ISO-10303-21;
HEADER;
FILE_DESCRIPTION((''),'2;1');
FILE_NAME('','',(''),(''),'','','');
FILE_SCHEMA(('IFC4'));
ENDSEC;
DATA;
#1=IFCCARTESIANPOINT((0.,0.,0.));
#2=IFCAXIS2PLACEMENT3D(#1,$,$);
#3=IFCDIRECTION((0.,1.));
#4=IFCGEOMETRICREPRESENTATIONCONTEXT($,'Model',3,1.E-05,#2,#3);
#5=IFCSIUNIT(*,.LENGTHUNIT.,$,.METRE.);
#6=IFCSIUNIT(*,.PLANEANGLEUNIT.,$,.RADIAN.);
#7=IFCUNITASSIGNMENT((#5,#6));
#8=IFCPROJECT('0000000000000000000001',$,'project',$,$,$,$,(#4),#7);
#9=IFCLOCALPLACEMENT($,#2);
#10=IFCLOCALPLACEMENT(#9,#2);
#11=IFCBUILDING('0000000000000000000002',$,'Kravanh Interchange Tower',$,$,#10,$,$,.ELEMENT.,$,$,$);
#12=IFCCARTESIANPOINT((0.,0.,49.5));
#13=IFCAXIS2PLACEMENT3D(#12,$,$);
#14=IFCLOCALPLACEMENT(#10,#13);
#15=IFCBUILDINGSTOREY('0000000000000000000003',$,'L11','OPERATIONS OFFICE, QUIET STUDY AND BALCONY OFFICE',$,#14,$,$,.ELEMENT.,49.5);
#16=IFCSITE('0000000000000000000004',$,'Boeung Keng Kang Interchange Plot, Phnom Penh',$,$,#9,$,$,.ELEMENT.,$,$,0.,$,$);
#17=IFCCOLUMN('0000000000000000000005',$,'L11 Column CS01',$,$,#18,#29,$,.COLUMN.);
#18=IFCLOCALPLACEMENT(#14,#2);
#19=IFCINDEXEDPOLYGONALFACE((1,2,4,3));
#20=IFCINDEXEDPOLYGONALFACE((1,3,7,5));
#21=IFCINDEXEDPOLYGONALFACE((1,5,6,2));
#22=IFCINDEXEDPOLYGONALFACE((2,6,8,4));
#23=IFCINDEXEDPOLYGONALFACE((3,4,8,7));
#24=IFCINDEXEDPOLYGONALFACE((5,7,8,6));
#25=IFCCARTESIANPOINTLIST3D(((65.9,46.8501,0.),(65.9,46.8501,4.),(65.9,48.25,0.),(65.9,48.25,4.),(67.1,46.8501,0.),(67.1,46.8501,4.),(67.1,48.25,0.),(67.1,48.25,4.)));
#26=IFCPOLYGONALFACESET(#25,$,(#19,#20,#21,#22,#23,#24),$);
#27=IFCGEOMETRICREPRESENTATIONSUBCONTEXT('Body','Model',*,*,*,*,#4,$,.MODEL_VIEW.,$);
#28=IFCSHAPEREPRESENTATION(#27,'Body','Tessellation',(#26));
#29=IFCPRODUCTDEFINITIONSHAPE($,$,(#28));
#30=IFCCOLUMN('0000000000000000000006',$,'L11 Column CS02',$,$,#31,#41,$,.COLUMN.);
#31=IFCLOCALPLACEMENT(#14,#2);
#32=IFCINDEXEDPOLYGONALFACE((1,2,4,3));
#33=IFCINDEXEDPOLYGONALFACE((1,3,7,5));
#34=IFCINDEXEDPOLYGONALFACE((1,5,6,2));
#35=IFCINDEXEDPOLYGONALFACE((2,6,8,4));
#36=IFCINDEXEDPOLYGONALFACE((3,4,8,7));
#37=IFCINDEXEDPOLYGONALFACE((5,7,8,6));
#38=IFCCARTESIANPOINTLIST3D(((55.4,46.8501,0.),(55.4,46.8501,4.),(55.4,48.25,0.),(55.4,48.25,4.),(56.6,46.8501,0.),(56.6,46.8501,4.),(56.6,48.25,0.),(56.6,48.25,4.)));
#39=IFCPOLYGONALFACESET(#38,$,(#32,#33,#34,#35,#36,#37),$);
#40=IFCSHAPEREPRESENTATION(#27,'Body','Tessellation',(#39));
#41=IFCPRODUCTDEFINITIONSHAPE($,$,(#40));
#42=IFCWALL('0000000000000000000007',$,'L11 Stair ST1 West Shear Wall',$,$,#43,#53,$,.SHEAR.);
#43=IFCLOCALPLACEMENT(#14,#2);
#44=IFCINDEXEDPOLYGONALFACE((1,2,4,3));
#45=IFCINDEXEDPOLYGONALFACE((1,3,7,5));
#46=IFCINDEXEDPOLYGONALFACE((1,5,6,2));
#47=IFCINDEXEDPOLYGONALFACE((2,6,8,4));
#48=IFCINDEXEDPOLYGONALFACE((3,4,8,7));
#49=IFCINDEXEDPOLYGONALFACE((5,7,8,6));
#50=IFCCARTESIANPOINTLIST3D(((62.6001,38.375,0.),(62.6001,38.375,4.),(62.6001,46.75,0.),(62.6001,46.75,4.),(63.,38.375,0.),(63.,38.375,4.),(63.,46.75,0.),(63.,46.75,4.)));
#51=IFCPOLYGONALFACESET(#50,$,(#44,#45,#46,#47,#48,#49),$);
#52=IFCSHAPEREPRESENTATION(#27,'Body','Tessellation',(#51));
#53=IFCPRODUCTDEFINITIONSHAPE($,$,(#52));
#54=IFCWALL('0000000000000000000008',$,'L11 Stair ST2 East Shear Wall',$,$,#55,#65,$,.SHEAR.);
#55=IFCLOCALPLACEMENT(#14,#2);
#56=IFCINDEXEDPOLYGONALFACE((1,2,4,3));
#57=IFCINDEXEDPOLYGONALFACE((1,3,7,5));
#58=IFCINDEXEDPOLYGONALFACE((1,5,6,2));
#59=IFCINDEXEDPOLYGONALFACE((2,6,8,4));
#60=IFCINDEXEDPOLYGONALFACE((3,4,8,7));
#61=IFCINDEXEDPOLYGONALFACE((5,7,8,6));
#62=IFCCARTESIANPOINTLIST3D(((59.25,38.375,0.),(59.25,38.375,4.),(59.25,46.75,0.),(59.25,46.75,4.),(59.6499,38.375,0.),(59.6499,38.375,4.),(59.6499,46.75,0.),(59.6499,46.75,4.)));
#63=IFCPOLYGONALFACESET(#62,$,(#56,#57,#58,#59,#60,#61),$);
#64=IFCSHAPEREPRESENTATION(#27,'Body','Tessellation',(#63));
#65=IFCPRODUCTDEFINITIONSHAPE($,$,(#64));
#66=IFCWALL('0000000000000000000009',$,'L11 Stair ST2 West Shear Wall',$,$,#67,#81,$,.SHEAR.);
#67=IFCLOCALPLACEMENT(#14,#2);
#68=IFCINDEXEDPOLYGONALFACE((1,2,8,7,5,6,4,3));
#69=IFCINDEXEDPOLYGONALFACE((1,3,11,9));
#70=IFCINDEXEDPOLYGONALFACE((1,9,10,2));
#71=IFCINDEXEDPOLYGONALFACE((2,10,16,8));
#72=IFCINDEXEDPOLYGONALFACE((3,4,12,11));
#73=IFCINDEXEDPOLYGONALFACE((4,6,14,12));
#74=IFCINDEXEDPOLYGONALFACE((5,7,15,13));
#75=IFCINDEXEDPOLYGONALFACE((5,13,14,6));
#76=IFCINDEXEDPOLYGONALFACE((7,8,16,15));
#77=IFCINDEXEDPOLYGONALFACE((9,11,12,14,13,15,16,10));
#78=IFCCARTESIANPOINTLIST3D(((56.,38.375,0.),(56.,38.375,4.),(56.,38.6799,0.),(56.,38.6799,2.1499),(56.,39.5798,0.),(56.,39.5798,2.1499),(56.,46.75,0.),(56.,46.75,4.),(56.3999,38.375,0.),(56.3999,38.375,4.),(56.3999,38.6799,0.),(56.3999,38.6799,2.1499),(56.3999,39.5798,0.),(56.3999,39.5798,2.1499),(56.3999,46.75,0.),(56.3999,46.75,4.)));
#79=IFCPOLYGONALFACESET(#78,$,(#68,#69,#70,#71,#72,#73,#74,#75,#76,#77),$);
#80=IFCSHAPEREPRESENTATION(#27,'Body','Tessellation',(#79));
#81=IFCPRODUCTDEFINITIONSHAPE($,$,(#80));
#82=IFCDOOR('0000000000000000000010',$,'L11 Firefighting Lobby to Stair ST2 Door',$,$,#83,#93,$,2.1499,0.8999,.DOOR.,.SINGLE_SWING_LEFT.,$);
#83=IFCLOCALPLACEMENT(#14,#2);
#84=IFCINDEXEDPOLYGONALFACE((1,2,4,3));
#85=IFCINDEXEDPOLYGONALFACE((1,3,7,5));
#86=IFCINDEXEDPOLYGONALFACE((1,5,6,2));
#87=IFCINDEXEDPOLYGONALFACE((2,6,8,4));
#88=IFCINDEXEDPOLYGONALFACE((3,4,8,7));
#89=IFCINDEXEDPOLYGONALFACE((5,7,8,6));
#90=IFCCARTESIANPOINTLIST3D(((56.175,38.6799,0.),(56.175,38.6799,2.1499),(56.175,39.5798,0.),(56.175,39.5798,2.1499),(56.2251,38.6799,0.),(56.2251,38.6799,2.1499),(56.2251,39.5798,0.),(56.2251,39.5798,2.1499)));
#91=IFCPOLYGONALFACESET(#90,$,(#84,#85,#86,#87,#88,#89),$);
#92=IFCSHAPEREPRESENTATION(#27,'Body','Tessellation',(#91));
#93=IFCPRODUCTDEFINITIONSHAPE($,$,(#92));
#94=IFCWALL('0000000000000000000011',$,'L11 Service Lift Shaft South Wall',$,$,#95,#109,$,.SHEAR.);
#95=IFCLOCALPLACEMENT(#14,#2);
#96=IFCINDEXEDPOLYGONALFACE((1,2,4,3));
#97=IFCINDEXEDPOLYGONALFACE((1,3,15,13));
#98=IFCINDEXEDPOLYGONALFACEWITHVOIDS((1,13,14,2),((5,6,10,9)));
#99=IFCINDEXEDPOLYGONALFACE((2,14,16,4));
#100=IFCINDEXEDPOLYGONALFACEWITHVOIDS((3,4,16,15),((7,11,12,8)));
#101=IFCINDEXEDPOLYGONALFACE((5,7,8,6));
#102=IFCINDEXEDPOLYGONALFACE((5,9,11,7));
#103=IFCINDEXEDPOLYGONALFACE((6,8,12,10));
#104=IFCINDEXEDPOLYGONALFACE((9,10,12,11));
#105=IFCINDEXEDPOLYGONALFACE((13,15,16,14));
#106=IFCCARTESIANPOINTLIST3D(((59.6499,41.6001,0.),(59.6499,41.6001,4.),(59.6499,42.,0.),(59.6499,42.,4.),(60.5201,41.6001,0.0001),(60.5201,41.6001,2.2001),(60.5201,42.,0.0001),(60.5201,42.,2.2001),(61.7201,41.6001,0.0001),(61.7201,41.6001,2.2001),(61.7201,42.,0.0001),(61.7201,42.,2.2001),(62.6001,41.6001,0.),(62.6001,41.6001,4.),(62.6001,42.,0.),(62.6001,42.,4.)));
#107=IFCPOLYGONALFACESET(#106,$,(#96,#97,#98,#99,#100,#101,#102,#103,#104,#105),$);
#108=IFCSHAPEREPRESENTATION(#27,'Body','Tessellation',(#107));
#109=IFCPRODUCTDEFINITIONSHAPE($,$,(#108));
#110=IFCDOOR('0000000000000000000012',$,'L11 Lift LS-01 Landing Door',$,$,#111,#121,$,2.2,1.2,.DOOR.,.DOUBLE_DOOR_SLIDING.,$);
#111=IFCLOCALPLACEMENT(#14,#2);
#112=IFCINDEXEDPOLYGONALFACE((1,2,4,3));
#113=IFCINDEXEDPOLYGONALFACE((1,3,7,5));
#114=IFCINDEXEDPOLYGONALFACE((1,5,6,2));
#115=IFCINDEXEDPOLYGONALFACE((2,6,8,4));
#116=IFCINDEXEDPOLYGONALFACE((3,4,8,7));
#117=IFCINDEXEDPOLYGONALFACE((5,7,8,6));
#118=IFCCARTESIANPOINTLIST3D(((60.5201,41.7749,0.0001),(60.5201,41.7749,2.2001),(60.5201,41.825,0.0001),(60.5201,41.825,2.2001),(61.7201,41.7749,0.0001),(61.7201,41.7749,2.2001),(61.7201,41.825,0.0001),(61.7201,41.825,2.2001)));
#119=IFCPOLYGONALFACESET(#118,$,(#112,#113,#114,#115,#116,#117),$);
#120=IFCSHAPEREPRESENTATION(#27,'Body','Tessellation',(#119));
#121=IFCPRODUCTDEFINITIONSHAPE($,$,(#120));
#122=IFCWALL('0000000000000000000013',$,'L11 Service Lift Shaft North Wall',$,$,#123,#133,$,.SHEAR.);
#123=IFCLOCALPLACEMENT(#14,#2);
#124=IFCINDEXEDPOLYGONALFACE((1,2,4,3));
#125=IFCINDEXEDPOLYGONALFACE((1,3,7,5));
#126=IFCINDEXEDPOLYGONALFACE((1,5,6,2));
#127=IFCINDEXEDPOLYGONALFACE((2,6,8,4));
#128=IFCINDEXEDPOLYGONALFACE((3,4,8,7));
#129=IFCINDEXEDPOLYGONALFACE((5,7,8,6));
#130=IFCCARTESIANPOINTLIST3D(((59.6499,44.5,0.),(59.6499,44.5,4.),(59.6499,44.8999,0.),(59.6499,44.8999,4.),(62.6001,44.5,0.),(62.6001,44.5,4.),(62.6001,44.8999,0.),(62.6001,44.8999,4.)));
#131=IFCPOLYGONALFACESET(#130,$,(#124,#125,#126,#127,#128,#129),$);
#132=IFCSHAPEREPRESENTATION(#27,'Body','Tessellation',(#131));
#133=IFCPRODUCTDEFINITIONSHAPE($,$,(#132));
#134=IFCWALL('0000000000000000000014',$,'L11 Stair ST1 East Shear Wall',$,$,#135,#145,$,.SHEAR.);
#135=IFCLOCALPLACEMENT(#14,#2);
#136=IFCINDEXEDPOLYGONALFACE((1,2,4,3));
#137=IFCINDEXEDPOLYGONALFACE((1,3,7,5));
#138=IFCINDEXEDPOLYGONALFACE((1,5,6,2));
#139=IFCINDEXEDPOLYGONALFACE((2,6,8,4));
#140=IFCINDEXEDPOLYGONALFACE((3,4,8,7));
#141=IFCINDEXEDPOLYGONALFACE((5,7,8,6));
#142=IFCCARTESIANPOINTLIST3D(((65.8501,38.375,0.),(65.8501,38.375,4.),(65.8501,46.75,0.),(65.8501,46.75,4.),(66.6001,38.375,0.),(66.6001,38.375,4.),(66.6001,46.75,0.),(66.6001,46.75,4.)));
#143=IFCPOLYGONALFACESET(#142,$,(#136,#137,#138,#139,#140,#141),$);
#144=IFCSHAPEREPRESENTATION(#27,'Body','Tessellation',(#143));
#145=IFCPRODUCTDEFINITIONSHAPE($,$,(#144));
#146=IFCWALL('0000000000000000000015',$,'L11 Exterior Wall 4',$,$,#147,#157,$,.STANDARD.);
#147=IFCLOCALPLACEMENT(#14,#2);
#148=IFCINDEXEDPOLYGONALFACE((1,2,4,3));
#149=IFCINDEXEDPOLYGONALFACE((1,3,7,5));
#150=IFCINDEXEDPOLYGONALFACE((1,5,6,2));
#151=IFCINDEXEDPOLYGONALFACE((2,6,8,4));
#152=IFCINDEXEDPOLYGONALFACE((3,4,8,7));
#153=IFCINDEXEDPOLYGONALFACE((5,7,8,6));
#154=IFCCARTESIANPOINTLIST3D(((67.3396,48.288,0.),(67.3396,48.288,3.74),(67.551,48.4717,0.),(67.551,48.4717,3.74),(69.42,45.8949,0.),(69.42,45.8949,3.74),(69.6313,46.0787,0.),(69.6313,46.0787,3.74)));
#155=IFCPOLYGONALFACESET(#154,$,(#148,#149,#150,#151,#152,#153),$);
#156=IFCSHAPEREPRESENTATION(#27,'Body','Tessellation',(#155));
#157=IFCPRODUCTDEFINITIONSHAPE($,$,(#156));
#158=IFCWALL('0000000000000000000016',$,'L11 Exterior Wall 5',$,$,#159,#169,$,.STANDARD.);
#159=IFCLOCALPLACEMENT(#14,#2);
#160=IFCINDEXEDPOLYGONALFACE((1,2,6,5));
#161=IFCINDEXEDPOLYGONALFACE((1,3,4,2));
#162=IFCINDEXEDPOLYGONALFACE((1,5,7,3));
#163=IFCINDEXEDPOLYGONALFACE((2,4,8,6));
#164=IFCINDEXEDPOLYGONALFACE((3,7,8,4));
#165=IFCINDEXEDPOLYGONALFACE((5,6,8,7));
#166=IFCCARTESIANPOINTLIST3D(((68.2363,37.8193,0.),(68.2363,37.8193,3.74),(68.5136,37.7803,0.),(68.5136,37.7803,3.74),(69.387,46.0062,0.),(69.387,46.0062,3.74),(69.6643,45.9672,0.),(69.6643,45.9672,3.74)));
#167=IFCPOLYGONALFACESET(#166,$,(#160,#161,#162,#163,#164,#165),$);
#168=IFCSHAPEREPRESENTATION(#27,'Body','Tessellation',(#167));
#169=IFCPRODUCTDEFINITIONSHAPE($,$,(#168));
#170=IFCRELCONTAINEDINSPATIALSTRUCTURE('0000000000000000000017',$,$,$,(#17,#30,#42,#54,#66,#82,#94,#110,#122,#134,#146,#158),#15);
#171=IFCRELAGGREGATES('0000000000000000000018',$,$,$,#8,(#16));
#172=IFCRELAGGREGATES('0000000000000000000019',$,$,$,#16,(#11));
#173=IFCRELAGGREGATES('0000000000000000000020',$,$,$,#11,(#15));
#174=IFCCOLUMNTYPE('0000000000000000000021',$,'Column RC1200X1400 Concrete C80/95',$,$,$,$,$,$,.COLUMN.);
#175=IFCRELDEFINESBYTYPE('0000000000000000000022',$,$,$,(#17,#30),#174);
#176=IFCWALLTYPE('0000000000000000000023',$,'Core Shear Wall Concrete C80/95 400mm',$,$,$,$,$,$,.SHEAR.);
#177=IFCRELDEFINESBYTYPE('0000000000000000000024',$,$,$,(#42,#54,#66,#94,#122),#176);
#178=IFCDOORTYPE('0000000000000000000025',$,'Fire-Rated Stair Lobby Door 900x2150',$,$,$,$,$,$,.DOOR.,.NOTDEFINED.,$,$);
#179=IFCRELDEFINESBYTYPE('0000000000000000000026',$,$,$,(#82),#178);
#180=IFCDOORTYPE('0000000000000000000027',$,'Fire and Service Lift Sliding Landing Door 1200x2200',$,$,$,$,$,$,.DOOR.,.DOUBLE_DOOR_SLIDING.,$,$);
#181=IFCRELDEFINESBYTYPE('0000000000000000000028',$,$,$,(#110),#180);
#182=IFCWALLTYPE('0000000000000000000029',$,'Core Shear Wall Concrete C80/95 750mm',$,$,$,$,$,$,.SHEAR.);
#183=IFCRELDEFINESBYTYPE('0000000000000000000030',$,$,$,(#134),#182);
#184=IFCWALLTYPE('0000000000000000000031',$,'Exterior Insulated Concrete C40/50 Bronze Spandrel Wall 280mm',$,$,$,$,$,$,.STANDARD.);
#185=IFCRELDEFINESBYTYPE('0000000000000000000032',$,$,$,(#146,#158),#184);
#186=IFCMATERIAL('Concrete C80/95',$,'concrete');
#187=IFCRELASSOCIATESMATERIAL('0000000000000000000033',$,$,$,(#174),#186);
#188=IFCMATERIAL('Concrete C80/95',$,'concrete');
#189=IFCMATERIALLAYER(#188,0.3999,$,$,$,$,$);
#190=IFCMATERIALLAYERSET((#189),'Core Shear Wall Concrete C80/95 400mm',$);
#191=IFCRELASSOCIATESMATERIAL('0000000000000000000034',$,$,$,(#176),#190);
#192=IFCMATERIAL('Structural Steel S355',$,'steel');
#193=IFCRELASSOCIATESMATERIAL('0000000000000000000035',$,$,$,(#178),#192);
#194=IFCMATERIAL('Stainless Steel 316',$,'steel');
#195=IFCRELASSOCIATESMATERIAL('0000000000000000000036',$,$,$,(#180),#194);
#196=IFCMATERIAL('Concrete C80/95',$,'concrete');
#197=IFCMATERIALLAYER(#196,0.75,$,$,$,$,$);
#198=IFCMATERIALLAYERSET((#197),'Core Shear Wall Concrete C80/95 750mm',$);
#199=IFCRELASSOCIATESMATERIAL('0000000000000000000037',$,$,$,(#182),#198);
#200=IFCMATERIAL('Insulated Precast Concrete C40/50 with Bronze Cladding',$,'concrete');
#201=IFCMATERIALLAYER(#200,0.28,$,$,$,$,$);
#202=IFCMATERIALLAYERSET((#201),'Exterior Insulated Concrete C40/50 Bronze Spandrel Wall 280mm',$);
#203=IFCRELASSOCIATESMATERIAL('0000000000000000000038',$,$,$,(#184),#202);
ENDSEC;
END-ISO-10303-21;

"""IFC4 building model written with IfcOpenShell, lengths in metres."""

from ifc_helpers import new_model, si_unit, direction, frame, frame_2d, origin, origin_2d, place, context, subcontext, project, spatial, rectangle, extrude, material, layer, layer_set, material_profile, profile_set, type_object, element, fill, save


model = new_model("IFC4")

# Units and contexts
model_context = context("Model", 3, precision=1e-05, world=origin(), true_north=direction((0.0, 1.0)))
body_context = subcontext(model_context, "Body", "Model", "MODEL_VIEW")
ifc_project = project(units=[si_unit("LENGTHUNIT", "METRE"), si_unit("PLANEANGLEUNIT", "RADIAN")], contexts=[model_context])

# Site, building, storey
site_placement = place(None, origin())
site = spatial("IfcSite", under=ifc_project, at=site_placement, Name="Boeung Keng Kang Interchange Plot, Phnom Penh", CompositionType="ELEMENT", RefElevation=0.0)
building_placement = place(site_placement, origin())
building = spatial("IfcBuilding", under=site, at=building_placement, Name="Kravanh Interchange Tower", CompositionType="ELEMENT")
storey_placement = place(building_placement, frame((0.0, 0.0, 49.5)))
storey = spatial("IfcBuildingStorey", under=building, at=storey_placement, Name="L11", Description="OPERATIONS OFFICE, QUIET STUDY AND BALCONY OFFICE", CompositionType="ELEMENT", Elevation=49.5)

# Columns
ifc_material_1 = material(Name="Concrete C80/95", Category="concrete")
ifc_material_profile = material_profile(ifc_material_1, rectangle(XDim=1.2, YDim=1.3999, at=origin_2d()), Name="RC1200X1400")
ifc_profile_set = profile_set([ifc_material_profile], Name="Concrete C80/95")
column_type = type_object("IfcColumnType", Name="Column RC1200X1400 Concrete C80/95", PredefinedType="COLUMN", material=ifc_profile_set)
for number, where, z_axis, x_axis, name in (
    (1, (66.5, 47.55, 0.0), (0.0, 0.0, 1.0), (1.0, 0.0, 0.0), "L11 Column CS01"),
    (2, (56.0, 47.55, 0.0), (0.0, 0.0, 1.0), (1.0, 0.0, 0.0), "L11 Column CS02"),
):
    element("IfcColumn", number, at=place(storey_placement, frame(where, z_axis=z_axis, x_axis=x_axis)), inside=storey, type_object=column_type, Name=name, PredefinedType="COLUMN", context=body_context, shape_type="SweptSolid", body=[
        extrude(rectangle(XDim=1.2, YDim=1.3999, at=origin_2d()), origin(), (0.0, 0.0, 1.0), 4.0),
    ])

# Walls
ifc_material_2 = material(Name="Concrete C80/95", Category="concrete")
ifc_layer_1 = layer(ifc_material_2, 0.3999)
ifc_layer_set_1 = layer_set([ifc_layer_1], Name="Core Shear Wall Concrete C80/95 400mm")
wall_type_1 = type_object("IfcWallType", Name="Core Shear Wall Concrete C80/95 400mm", PredefinedType="SHEAR", material=ifc_layer_set_1)
for number, where, z_axis, x_axis, name in (
    (3, (62.8, 38.375, 0.0), (0.0, 0.0, 1.0), (0.0, 1.0, 0.0), "L11 Stair ST1 West Shear Wall"),
    (4, (59.45, 38.375, 0.0), (0.0, 0.0, 1.0), (0.0, 1.0, 0.0), "L11 Stair ST2 East Shear Wall"),
):
    element("IfcWall", number, at=place(storey_placement, frame(where, z_axis=z_axis, x_axis=x_axis)), inside=storey, type_object=wall_type_1, Name=name, PredefinedType="SHEAR", context=body_context, shape_type="SweptSolid", body=[
        extrude(rectangle(XDim=8.375, YDim=0.3999, at=frame_2d((4.1875, 0.0))), origin(), (0.0, 0.0, 1.0), 4.0),
    ])

# Walls, openings, doors
wall_1_placement = place(storey_placement, frame((56.2, 38.375, 0.0), z_axis=(0.0, 0.0, 1.0), x_axis=(0.0, 1.0, 0.0)))
wall_1 = element("IfcWall", 5, at=wall_1_placement, inside=storey, type_object=wall_type_1, Name="L11 Stair ST2 West Shear Wall", PredefinedType="SHEAR", context=body_context, shape_type="SweptSolid", body=[
    extrude(rectangle(XDim=8.375, YDim=0.3999, at=frame_2d((4.1875, 0.0))), origin(), (0.0, 0.0, 1.0), 4.0),
])
opening_1_placement = place(wall_1_placement, frame((0.3049, 0.0, 0.0)))
opening_1 = element("IfcOpeningElement", 6, at=opening_1_placement, cuts=wall_1, PredefinedType="OPENING", context=body_context, shape_type="SweptSolid", body=[
    extrude(rectangle(XDim=0.8999, YDim=2.1499, at=frame_2d((0.45, 1.075))), frame((0.0, 0.21, 0.0), z_axis=(0.0, -1.0, 0.0), x_axis=(1.0, 0.0, 0.0)), (0.0, 0.0, 1.0), 0.4199),
])
ifc_material_3 = material(Name="Structural Steel S355", Category="steel")
door_type_1 = type_object("IfcDoorType", Name="Fire-Rated Stair Lobby Door 900x2150", OperationType="NOTDEFINED", PredefinedType="DOOR", material=ifc_material_3)
door_1_placement = place(opening_1_placement, origin())
door_1 = element("IfcDoor", 7, at=door_1_placement, inside=storey, type_object=door_type_1, Name="L11 Firefighting Lobby to Stair ST2 Door", OperationType="SINGLE_SWING_LEFT", OverallHeight=2.1499, OverallWidth=0.8999, PredefinedType="DOOR", context=body_context, shape_type="SweptSolid", body=[
    extrude(rectangle(XDim=0.8999, YDim=2.1499, at=frame_2d((0.45, 1.075))), frame((0.0, 0.0249, 0.0), z_axis=(0.0, -1.0, 0.0), x_axis=(1.0, 0.0, 0.0)), (0.0, 0.0, 1.0), 0.05),
])
fill(opening_1, door_1)
wall_2_placement = place(storey_placement, frame((59.6499, 41.8, 0.0), z_axis=(0.0, 0.0, 1.0), x_axis=(1.0, 0.0, 0.0)))
wall_2 = element("IfcWall", 8, at=wall_2_placement, inside=storey, type_object=wall_type_1, Name="L11 Service Lift Shaft South Wall", PredefinedType="SHEAR", context=body_context, shape_type="SweptSolid", body=[
    extrude(rectangle(XDim=2.9502, YDim=0.3999, at=frame_2d((1.4751, 0.0))), origin(), (0.0, 0.0, 1.0), 4.0),
])
opening_2_placement = place(wall_2_placement, frame((0.8701, 0.0, 0.0)))
opening_2 = element("IfcOpeningElement", 9, at=opening_2_placement, cuts=wall_2, PredefinedType="OPENING", context=body_context, shape_type="SweptSolid", body=[
    extrude(rectangle(XDim=1.2, YDim=2.2, at=frame_2d((0.6001, 1.1001))), frame((0.0, 0.21, 0.0), z_axis=(0.0, -1.0, 0.0), x_axis=(1.0, 0.0, 0.0)), (0.0, 0.0, 1.0), 0.4199),
])
ifc_material_4 = material(Name="Stainless Steel 316", Category="steel")
door_type_2 = type_object("IfcDoorType", Name="Fire and Service Lift Sliding Landing Door 1200x2200", OperationType="DOUBLE_DOOR_SLIDING", PredefinedType="DOOR", material=ifc_material_4)
door_2_placement = place(opening_2_placement, origin())
door_2 = element("IfcDoor", 10, at=door_2_placement, inside=storey, type_object=door_type_2, Name="L11 Lift LS-01 Landing Door", OperationType="DOUBLE_DOOR_SLIDING", OverallHeight=2.2, OverallWidth=1.2, PredefinedType="DOOR", context=body_context, shape_type="SweptSolid", body=[
    extrude(rectangle(XDim=1.2, YDim=2.2, at=frame_2d((0.6001, 1.1001))), frame((0.0, 0.0249, 0.0), z_axis=(0.0, -1.0, 0.0), x_axis=(1.0, 0.0, 0.0)), (0.0, 0.0, 1.0), 0.05),
])
fill(opening_2, door_2)

# Walls
wall_3_placement = place(storey_placement, frame((59.6499, 44.7, 0.0), z_axis=(0.0, 0.0, 1.0), x_axis=(1.0, 0.0, 0.0)))
element("IfcWall", 11, at=wall_3_placement, inside=storey, type_object=wall_type_1, Name="L11 Service Lift Shaft North Wall", PredefinedType="SHEAR", context=body_context, shape_type="SweptSolid", body=[
    extrude(rectangle(XDim=2.9502, YDim=0.3999, at=frame_2d((1.4751, 0.0))), origin(), (0.0, 0.0, 1.0), 4.0),
])
ifc_material_5 = material(Name="Concrete C80/95", Category="concrete")
ifc_layer_2 = layer(ifc_material_5, 0.75)
ifc_layer_set_2 = layer_set([ifc_layer_2], Name="Core Shear Wall Concrete C80/95 750mm")
wall_type_2 = type_object("IfcWallType", Name="Core Shear Wall Concrete C80/95 750mm", PredefinedType="SHEAR", material=ifc_layer_set_2)
wall_4_placement = place(storey_placement, frame((66.2251, 38.375, 0.0), z_axis=(0.0, 0.0, 1.0), x_axis=(0.0, 1.0, 0.0)))
element("IfcWall", 12, at=wall_4_placement, inside=storey, type_object=wall_type_2, Name="L11 Stair ST1 East Shear Wall", PredefinedType="SHEAR", context=body_context, shape_type="SweptSolid", body=[
    extrude(rectangle(XDim=8.375, YDim=0.75, at=frame_2d((4.1875, 0.0))), origin(), (0.0, 0.0, 1.0), 4.0),
])
ifc_material_6 = material(Name="Insulated Precast Concrete C40/50 with Bronze Cladding", Category="concrete")
ifc_layer_3 = layer(ifc_material_6, 0.28)
ifc_layer_set_3 = layer_set([ifc_layer_3], Name="Exterior Insulated Concrete C40/50 Bronze Spandrel Wall 280mm")
wall_type_3 = type_object("IfcWallType", Name="Exterior Insulated Concrete C40/50 Bronze Spandrel Wall 280mm", PredefinedType="STANDARD", material=ifc_layer_set_3)
wall_5_placement = place(storey_placement, frame((67.4453, 48.3799, 0.0), z_axis=(0.0, 0.0, 1.0), x_axis=(0.65607, -0.7547, 0.0)))
element("IfcWall", 13, at=wall_5_placement, inside=storey, type_object=wall_type_3, Name="L11 Exterior Wall 4", PredefinedType="STANDARD", context=body_context, shape_type="SweptSolid", body=[
    extrude(rectangle(XDim=3.1709, YDim=0.28, at=frame_2d((1.5854, 0.0))), origin(), (0.0, 0.0, 1.0), 3.74),
])
wall_6_placement = place(storey_placement, frame((69.5256, 45.9868, 0.0), z_axis=(0.0, 0.0, 1.0), x_axis=(-0.13918, -0.990267, 0.0)))
element("IfcWall", 14, at=wall_6_placement, inside=storey, type_object=wall_type_3, Name="L11 Exterior Wall 5", PredefinedType="STANDARD", context=body_context, shape_type="SweptSolid", body=[
    extrude(rectangle(XDim=8.2673, YDim=0.28, at=frame_2d((4.1338, 0.0))), origin(), (0.0, 0.0, 1.0), 3.74),
])

save(model, "model.ifc")
